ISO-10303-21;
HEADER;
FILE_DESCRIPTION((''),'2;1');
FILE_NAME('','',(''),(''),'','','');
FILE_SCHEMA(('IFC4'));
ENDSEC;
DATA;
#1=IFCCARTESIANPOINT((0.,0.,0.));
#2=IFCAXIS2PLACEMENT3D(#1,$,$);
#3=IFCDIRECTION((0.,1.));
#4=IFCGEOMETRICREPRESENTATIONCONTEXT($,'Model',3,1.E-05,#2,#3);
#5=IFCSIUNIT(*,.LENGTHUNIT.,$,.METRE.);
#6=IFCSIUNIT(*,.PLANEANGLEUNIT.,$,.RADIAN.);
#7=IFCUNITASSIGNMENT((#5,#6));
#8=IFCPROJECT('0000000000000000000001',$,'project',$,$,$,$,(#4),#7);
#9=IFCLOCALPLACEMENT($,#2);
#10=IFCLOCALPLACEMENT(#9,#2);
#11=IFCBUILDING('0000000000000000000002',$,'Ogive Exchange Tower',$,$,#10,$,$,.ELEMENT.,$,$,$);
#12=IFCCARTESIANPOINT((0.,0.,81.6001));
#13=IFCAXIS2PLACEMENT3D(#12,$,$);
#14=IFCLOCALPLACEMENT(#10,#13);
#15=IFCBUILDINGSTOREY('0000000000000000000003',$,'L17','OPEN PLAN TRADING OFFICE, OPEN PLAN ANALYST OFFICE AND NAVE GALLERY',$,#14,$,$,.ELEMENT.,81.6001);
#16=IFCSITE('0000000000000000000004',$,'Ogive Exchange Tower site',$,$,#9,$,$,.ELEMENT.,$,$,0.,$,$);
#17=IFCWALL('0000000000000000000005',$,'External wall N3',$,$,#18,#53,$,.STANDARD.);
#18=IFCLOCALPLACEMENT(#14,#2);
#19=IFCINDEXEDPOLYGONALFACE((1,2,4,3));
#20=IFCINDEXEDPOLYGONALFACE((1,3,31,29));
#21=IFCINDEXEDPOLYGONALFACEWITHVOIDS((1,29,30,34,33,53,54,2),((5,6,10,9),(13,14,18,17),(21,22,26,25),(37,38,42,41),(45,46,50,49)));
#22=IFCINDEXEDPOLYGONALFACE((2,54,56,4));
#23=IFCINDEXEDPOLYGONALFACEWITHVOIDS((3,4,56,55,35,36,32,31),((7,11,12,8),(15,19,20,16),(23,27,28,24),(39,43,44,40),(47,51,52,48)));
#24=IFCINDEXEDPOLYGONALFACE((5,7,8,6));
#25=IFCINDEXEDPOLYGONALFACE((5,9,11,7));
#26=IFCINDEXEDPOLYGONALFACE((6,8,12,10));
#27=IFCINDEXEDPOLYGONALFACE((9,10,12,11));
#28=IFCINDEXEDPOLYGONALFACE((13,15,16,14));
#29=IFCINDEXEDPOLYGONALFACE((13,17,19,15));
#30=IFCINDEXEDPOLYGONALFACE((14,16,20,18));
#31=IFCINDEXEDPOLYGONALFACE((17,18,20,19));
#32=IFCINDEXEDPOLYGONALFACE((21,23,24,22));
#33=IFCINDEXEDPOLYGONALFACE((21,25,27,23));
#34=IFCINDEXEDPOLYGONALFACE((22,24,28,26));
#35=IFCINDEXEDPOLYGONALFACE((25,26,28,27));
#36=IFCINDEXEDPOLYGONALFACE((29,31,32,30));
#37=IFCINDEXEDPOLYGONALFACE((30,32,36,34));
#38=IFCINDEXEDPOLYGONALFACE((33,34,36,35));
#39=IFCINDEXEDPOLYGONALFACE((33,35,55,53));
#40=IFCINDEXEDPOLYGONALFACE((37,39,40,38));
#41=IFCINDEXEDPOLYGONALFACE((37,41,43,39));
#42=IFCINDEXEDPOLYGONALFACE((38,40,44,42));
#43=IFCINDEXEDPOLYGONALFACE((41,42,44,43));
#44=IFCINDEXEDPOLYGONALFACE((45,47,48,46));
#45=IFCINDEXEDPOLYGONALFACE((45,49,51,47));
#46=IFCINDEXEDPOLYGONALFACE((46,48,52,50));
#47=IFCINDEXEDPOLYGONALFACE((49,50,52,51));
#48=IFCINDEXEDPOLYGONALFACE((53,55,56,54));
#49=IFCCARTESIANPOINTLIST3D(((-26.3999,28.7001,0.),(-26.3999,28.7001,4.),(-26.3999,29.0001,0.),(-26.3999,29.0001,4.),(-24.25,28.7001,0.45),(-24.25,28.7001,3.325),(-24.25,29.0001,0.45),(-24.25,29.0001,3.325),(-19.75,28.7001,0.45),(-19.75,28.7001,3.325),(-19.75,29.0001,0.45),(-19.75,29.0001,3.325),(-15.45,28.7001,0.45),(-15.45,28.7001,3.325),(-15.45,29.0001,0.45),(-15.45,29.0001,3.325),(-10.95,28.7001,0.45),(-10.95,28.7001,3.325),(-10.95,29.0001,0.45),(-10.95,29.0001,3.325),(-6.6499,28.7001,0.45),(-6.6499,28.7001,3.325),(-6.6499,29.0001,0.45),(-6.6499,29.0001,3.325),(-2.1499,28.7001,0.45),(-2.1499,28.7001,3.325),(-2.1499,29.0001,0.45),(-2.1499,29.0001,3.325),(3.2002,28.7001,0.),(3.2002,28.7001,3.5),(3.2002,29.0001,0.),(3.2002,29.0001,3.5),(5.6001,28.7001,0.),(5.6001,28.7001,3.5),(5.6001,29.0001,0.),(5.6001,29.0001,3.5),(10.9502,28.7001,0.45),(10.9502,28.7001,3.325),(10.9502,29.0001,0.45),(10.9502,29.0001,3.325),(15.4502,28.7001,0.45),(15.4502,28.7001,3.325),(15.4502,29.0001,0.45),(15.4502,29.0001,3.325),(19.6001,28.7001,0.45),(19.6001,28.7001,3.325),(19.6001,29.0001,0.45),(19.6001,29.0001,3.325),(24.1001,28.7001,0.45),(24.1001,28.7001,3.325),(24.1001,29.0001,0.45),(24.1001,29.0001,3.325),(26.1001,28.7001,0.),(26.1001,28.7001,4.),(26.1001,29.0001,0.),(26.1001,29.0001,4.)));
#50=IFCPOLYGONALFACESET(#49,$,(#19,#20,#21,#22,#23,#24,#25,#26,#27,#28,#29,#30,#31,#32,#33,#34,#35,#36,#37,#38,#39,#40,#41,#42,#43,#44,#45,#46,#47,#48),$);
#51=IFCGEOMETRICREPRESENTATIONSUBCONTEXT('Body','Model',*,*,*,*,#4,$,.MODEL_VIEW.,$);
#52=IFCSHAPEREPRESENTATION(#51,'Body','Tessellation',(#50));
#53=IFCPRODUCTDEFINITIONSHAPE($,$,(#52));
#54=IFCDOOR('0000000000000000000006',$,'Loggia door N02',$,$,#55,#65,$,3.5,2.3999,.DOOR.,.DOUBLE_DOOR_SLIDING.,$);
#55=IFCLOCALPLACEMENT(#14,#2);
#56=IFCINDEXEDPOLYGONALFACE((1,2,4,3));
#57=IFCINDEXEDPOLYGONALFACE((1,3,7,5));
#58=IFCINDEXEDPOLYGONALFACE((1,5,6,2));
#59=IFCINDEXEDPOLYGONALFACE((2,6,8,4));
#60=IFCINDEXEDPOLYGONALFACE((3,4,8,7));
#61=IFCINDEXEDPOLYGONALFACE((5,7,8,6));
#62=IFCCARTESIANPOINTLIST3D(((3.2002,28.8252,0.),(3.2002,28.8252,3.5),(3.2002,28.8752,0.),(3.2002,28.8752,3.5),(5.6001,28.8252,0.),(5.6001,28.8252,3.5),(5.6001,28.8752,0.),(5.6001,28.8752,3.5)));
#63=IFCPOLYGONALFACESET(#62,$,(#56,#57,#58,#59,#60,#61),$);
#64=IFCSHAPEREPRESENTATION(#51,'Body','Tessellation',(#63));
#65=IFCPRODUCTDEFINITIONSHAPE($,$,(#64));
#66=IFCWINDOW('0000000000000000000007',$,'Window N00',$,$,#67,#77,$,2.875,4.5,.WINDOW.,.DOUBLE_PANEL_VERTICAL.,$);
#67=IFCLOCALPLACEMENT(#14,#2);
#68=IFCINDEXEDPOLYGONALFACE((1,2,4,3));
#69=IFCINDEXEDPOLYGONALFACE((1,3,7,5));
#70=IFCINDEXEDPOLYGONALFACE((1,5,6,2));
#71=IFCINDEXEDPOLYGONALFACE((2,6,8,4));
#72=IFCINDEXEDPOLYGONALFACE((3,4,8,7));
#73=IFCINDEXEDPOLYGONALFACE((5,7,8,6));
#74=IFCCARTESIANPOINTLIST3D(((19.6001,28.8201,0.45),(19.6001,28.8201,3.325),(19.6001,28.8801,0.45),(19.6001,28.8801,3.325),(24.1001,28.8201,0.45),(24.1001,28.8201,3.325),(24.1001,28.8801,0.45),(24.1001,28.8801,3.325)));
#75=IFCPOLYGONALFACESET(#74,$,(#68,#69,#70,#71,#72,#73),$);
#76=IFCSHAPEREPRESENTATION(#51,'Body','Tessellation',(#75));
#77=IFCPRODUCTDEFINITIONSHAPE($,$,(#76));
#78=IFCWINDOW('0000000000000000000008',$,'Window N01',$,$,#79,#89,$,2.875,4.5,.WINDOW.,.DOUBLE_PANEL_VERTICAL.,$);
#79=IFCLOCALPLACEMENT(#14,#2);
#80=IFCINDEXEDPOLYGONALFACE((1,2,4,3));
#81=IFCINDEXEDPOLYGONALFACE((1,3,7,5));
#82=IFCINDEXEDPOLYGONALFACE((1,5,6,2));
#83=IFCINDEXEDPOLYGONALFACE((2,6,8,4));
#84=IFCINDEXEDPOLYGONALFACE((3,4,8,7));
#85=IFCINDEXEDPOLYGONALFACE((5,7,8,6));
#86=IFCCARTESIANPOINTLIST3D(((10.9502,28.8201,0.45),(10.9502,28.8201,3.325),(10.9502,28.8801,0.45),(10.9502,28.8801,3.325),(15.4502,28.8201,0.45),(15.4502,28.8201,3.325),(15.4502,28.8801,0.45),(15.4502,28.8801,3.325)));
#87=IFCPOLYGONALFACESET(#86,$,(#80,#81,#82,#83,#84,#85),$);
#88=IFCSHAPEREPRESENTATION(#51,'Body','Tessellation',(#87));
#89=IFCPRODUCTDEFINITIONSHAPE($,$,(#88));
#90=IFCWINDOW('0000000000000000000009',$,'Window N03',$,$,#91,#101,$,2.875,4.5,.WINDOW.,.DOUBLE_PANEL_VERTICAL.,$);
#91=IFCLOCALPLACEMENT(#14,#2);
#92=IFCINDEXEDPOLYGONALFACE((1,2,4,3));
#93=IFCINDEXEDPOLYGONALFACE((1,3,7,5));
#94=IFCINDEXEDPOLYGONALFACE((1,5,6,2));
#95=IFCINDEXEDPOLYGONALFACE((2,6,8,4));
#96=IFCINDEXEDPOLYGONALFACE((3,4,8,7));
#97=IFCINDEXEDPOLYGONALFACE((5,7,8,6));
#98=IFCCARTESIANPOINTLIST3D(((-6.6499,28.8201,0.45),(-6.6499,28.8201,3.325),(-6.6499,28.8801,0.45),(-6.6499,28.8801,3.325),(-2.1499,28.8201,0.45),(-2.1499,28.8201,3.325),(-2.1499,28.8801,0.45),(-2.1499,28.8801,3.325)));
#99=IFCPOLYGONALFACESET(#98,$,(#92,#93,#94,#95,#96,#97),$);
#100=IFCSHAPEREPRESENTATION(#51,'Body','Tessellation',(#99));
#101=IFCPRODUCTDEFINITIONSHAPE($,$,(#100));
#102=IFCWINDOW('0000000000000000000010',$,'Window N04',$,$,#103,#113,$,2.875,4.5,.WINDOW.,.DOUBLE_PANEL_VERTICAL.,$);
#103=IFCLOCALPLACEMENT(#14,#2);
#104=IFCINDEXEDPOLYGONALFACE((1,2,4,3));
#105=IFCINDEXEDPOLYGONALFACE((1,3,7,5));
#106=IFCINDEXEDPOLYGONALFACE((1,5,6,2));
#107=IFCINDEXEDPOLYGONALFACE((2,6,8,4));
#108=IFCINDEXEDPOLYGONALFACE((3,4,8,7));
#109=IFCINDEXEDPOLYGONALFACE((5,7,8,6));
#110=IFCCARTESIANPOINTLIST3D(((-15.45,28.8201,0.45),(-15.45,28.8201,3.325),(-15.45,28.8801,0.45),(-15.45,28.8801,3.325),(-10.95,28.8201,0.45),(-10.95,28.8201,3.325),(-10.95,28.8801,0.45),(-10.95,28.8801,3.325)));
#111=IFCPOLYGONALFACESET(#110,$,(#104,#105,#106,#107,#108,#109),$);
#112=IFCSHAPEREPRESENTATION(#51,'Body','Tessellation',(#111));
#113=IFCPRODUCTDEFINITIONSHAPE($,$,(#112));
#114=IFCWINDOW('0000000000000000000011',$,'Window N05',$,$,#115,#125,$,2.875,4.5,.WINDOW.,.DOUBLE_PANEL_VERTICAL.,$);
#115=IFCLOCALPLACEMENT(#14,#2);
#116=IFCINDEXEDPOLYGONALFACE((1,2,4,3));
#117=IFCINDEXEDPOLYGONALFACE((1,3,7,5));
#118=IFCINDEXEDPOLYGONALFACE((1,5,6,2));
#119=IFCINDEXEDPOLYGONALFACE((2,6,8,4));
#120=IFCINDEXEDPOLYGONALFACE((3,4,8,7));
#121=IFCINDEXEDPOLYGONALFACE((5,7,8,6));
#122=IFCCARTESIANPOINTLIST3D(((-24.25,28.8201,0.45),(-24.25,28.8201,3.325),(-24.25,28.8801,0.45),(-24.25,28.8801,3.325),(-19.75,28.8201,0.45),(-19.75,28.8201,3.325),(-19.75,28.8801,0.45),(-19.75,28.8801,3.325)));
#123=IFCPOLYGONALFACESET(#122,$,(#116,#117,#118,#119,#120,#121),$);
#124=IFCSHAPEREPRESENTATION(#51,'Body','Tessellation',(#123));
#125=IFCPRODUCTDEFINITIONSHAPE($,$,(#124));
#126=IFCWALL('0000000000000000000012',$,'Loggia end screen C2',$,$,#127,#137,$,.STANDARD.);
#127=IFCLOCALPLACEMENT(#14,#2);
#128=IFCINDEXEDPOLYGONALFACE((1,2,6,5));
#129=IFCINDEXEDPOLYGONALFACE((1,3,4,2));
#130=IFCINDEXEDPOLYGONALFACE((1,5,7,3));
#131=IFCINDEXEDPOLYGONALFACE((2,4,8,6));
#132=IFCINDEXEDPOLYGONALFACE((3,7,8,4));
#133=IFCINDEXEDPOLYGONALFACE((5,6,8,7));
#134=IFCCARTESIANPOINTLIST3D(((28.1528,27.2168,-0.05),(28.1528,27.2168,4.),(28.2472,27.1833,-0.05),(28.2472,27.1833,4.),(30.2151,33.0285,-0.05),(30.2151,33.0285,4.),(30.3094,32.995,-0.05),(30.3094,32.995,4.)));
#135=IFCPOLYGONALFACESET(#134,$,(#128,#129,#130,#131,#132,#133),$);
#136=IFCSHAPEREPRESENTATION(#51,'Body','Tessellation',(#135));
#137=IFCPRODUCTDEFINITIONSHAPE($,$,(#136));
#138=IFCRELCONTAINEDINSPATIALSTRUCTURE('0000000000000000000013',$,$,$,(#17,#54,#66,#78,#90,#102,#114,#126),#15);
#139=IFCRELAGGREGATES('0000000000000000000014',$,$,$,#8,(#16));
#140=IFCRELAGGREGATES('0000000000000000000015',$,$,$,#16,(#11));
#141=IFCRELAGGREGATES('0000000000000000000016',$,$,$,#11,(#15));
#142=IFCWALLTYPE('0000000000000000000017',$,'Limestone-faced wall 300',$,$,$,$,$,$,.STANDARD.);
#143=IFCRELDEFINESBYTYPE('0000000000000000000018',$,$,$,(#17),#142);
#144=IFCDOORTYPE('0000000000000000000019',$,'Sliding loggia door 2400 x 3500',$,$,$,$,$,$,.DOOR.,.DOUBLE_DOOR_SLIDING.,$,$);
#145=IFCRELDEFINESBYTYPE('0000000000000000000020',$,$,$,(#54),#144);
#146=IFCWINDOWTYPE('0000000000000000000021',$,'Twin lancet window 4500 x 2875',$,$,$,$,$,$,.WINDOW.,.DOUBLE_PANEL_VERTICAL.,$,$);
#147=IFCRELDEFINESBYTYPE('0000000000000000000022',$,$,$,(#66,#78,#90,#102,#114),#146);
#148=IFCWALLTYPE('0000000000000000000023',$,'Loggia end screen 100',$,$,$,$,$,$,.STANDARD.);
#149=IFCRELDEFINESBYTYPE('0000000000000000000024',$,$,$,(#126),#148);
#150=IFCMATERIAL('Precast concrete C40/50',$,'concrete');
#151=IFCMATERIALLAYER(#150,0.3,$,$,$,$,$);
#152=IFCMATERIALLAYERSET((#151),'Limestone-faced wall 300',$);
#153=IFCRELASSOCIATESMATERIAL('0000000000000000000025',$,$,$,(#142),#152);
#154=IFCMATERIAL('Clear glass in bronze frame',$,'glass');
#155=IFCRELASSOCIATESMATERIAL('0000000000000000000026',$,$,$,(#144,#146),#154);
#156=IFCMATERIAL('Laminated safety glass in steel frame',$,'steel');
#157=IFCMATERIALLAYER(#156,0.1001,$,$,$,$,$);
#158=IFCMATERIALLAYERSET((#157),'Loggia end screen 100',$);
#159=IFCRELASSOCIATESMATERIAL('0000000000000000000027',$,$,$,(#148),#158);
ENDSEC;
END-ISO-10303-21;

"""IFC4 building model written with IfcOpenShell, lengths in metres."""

from ifc_helpers import new_model, si_unit, direction, frame, frame_2d, origin, place, context, subcontext, project, spatial, rectangle, extrude, material, layer, layer_set, type_object, element, fill, save


model = new_model("IFC4")

# Units and contexts
model_context = context("Model", 3, precision=1e-05, world=origin(), true_north=direction((0.0, 1.0)))
body_context = subcontext(model_context, "Body", "Model", "MODEL_VIEW")
ifc_project = project(units=[si_unit("LENGTHUNIT", "METRE"), si_unit("PLANEANGLEUNIT", "RADIAN")], contexts=[model_context])

# Site, building, storey
site_placement = place(None, origin())
site = spatial("IfcSite", under=ifc_project, at=site_placement, Name="Ogive Exchange Tower site", CompositionType="ELEMENT", RefElevation=0.0)
building_placement = place(site_placement, origin())
building = spatial("IfcBuilding", under=site, at=building_placement, Name="Ogive Exchange Tower", CompositionType="ELEMENT")
storey_placement = place(building_placement, frame((0.0, 0.0, 81.6001)))
storey = spatial("IfcBuildingStorey", under=building, at=storey_placement, Name="L17", Description="OPEN PLAN TRADING OFFICE, OPEN PLAN ANALYST OFFICE AND NAVE GALLERY", CompositionType="ELEMENT", Elevation=81.6001)

# Wall, openings, door, windows
ifc_material_1 = material(Name="Precast concrete C40/50", Category="concrete")
ifc_layer_1 = layer(ifc_material_1, 0.3)
ifc_layer_set_1 = layer_set([ifc_layer_1], Name="Limestone-faced wall 300")
wall_type_1 = type_object("IfcWallType", Name="Limestone-faced wall 300", PredefinedType="STANDARD", material=ifc_layer_set_1)
wall_1_placement = place(storey_placement, frame((26.1001, 28.8501, 0.0), z_axis=(0.0, 0.0, 1.0), x_axis=(-1.0, 0.0, 0.0)))
wall_1 = element("IfcWall", 1, at=wall_1_placement, inside=storey, type_object=wall_type_1, Name="External wall N3", PredefinedType="STANDARD", context=body_context, shape_type="SweptSolid", body=[
    extrude(rectangle(XDim=52.5, YDim=0.3, at=frame_2d((26.25, 0.0))), origin(), (0.0, 0.0, 1.0), 4.0),
])
opening_1_placement = place(wall_1_placement, frame((2.0, 0.0, 0.45)))
opening_1 = element("IfcOpeningElement", 2, at=opening_1_placement, cuts=wall_1, PredefinedType="OPENING", context=body_context, shape_type="SweptSolid", body=[
    extrude(rectangle(XDim=4.5, YDim=2.875, at=frame_2d((2.25, 1.4375))), frame((0.0, 0.1599, 0.0), z_axis=(0.0, -1.0, 0.0), x_axis=(1.0, 0.0, 0.0)), (0.0, 0.0, 1.0), 0.3201),
])
opening_2_placement = place(wall_1_placement, frame((10.6499, 0.0, 0.45)))
opening_2 = element("IfcOpeningElement", 3, at=opening_2_placement, cuts=wall_1, PredefinedType="OPENING", context=body_context, shape_type="SweptSolid", body=[
    extrude(rectangle(XDim=4.5, YDim=2.875, at=frame_2d((2.25, 1.4375))), frame((0.0, 0.1599, 0.0), z_axis=(0.0, -1.0, 0.0), x_axis=(1.0, 0.0, 0.0)), (0.0, 0.0, 1.0), 0.3201),
])
opening_3_placement = place(wall_1_placement, frame((20.5, 0.0, 0.0)))
opening_3 = element("IfcOpeningElement", 4, at=opening_3_placement, cuts=wall_1, PredefinedType="OPENING", context=body_context, shape_type="SweptSolid", body=[
    extrude(rectangle(XDim=2.3999, YDim=3.5, at=frame_2d((1.2, 1.75))), frame((0.0, 0.1599, 0.0), z_axis=(0.0, -1.0, 0.0), x_axis=(1.0, 0.0, 0.0)), (0.0, 0.0, 1.0), 0.3201),
])
opening_4_placement = place(wall_1_placement, frame((28.25, 0.0, 0.45)))
opening_4 = element("IfcOpeningElement", 5, at=opening_4_placement, cuts=wall_1, PredefinedType="OPENING", context=body_context, shape_type="SweptSolid", body=[
    extrude(rectangle(XDim=4.5, YDim=2.875, at=frame_2d((2.25, 1.4375))), frame((0.0, 0.1599, 0.0), z_axis=(0.0, -1.0, 0.0), x_axis=(1.0, 0.0, 0.0)), (0.0, 0.0, 1.0), 0.3201),
])
opening_5_placement = place(wall_1_placement, frame((37.05, 0.0, 0.45)))
opening_5 = element("IfcOpeningElement", 6, at=opening_5_placement, cuts=wall_1, PredefinedType="OPENING", context=body_context, shape_type="SweptSolid", body=[
    extrude(rectangle(XDim=4.5, YDim=2.875, at=frame_2d((2.25, 1.4375))), frame((0.0, 0.1599, 0.0), z_axis=(0.0, -1.0, 0.0), x_axis=(1.0, 0.0, 0.0)), (0.0, 0.0, 1.0), 0.3201),
])
opening_6_placement = place(wall_1_placement, frame((45.8501, 0.0, 0.45)))
opening_6 = element("IfcOpeningElement", 7, at=opening_6_placement, cuts=wall_1, PredefinedType="OPENING", context=body_context, shape_type="SweptSolid", body=[
    extrude(rectangle(XDim=4.5, YDim=2.875, at=frame_2d((2.25, 1.4375))), frame((0.0, 0.1599, 0.0), z_axis=(0.0, -1.0, 0.0), x_axis=(1.0, 0.0, 0.0)), (0.0, 0.0, 1.0), 0.3201),
])
ifc_material_2 = material(Name="Clear glass in bronze frame", Category="glass")
door_type_1 = type_object("IfcDoorType", Name="Sliding loggia door 2400 x 3500", OperationType="DOUBLE_DOOR_SLIDING", PredefinedType="DOOR", material=ifc_material_2)
door_1_placement = place(opening_3_placement, origin())
door_1 = element("IfcDoor", 8, at=door_1_placement, inside=storey, type_object=door_type_1, Name="Loggia door N02", OperationType="DOUBLE_DOOR_SLIDING", OverallHeight=3.5, OverallWidth=2.3999, PredefinedType="DOOR", context=body_context, shape_type="SweptSolid", body=[
    extrude(rectangle(XDim=2.3999, YDim=3.5, at=frame_2d((1.2, 1.75))), frame((0.0, 0.0249, 0.0), z_axis=(0.0, -1.0, 0.0), x_axis=(1.0, 0.0, 0.0)), (0.0, 0.0, 1.0), 0.05),
])
fill(opening_3, door_1)
window_type = type_object("IfcWindowType", Name="Twin lancet window 4500 x 2875", PartitioningType="DOUBLE_PANEL_VERTICAL", PredefinedType="WINDOW", material=ifc_material_2)
window_1_placement = place(opening_1_placement, origin())
window_1 = element("IfcWindow", 9, at=window_1_placement, inside=storey, type_object=window_type, Name="Window N00", OverallHeight=2.875, OverallWidth=4.5, PartitioningType="DOUBLE_PANEL_VERTICAL", PredefinedType="WINDOW", context=body_context, shape_type="SweptSolid", body=[
    extrude(rectangle(XDim=4.5, YDim=2.875, at=frame_2d((2.25, 1.4375))), frame((0.0, 0.03, 0.0), z_axis=(0.0, -1.0, 0.0), x_axis=(1.0, 0.0, 0.0)), (0.0, 0.0, 1.0), 0.0601),
])
fill(opening_1, window_1)
window_2_placement = place(opening_2_placement, origin())
window_2 = element("IfcWindow", 10, at=window_2_placement, inside=storey, type_object=window_type, Name="Window N01", OverallHeight=2.875, OverallWidth=4.5, PartitioningType="DOUBLE_PANEL_VERTICAL", PredefinedType="WINDOW", context=body_context, shape_type="SweptSolid", body=[
    extrude(rectangle(XDim=4.5, YDim=2.875, at=frame_2d((2.25, 1.4375))), frame((0.0, 0.03, 0.0), z_axis=(0.0, -1.0, 0.0), x_axis=(1.0, 0.0, 0.0)), (0.0, 0.0, 1.0), 0.0601),
])
fill(opening_2, window_2)
window_3_placement = place(opening_4_placement, origin())
window_3 = element("IfcWindow", 11, at=window_3_placement, inside=storey, type_object=window_type, Name="Window N03", OverallHeight=2.875, OverallWidth=4.5, PartitioningType="DOUBLE_PANEL_VERTICAL", PredefinedType="WINDOW", context=body_context, shape_type="SweptSolid", body=[
    extrude(rectangle(XDim=4.5, YDim=2.875, at=frame_2d((2.25, 1.4375))), frame((0.0, 0.03, 0.0), z_axis=(0.0, -1.0, 0.0), x_axis=(1.0, 0.0, 0.0)), (0.0, 0.0, 1.0), 0.0601),
])
fill(opening_4, window_3)
window_4_placement = place(opening_5_placement, origin())
window_4 = element("IfcWindow", 12, at=window_4_placement, inside=storey, type_object=window_type, Name="Window N04", OverallHeight=2.875, OverallWidth=4.5, PartitioningType="DOUBLE_PANEL_VERTICAL", PredefinedType="WINDOW", context=body_context, shape_type="SweptSolid", body=[
    extrude(rectangle(XDim=4.5, YDim=2.875, at=frame_2d((2.25, 1.4375))), frame((0.0, 0.03, 0.0), z_axis=(0.0, -1.0, 0.0), x_axis=(1.0, 0.0, 0.0)), (0.0, 0.0, 1.0), 0.0601),
])
fill(opening_5, window_4)
window_5_placement = place(opening_6_placement, origin())
window_5 = element("IfcWindow", 13, at=window_5_placement, inside=storey, type_object=window_type, Name="Window N05", OverallHeight=2.875, OverallWidth=4.5, PartitioningType="DOUBLE_PANEL_VERTICAL", PredefinedType="WINDOW", context=body_context, shape_type="SweptSolid", body=[
    extrude(rectangle(XDim=4.5, YDim=2.875, at=frame_2d((2.25, 1.4375))), frame((0.0, 0.03, 0.0), z_axis=(0.0, -1.0, 0.0), x_axis=(1.0, 0.0, 0.0)), (0.0, 0.0, 1.0), 0.0601),
])
fill(opening_6, window_5)

# Wall
ifc_material_3 = material(Name="Laminated safety glass in steel frame", Category="steel")
ifc_layer_2 = layer(ifc_material_3, 0.1001)
ifc_layer_set_2 = layer_set([ifc_layer_2], Name="Loggia end screen 100")
wall_type_2 = type_object("IfcWallType", Name="Loggia end screen 100", PredefinedType="STANDARD", material=ifc_layer_set_2)
wall_2_placement = place(storey_placement, frame((28.2, 27.2, -0.05), z_axis=(0.0, 0.0, 1.0), x_axis=(0.334412, 0.942427, 0.0)))
element("IfcWall", 14, at=wall_2_placement, inside=storey, type_object=wall_type_2, Name="Loggia end screen C2", PredefinedType="STANDARD", context=body_context, shape_type="SweptSolid", body=[
    extrude(rectangle(XDim=6.1667, YDim=0.1001, at=frame_2d((3.0835, 0.0))), origin(), (0.0, 0.0, 1.0), 4.05),
])

save(model, "model.ifc")
